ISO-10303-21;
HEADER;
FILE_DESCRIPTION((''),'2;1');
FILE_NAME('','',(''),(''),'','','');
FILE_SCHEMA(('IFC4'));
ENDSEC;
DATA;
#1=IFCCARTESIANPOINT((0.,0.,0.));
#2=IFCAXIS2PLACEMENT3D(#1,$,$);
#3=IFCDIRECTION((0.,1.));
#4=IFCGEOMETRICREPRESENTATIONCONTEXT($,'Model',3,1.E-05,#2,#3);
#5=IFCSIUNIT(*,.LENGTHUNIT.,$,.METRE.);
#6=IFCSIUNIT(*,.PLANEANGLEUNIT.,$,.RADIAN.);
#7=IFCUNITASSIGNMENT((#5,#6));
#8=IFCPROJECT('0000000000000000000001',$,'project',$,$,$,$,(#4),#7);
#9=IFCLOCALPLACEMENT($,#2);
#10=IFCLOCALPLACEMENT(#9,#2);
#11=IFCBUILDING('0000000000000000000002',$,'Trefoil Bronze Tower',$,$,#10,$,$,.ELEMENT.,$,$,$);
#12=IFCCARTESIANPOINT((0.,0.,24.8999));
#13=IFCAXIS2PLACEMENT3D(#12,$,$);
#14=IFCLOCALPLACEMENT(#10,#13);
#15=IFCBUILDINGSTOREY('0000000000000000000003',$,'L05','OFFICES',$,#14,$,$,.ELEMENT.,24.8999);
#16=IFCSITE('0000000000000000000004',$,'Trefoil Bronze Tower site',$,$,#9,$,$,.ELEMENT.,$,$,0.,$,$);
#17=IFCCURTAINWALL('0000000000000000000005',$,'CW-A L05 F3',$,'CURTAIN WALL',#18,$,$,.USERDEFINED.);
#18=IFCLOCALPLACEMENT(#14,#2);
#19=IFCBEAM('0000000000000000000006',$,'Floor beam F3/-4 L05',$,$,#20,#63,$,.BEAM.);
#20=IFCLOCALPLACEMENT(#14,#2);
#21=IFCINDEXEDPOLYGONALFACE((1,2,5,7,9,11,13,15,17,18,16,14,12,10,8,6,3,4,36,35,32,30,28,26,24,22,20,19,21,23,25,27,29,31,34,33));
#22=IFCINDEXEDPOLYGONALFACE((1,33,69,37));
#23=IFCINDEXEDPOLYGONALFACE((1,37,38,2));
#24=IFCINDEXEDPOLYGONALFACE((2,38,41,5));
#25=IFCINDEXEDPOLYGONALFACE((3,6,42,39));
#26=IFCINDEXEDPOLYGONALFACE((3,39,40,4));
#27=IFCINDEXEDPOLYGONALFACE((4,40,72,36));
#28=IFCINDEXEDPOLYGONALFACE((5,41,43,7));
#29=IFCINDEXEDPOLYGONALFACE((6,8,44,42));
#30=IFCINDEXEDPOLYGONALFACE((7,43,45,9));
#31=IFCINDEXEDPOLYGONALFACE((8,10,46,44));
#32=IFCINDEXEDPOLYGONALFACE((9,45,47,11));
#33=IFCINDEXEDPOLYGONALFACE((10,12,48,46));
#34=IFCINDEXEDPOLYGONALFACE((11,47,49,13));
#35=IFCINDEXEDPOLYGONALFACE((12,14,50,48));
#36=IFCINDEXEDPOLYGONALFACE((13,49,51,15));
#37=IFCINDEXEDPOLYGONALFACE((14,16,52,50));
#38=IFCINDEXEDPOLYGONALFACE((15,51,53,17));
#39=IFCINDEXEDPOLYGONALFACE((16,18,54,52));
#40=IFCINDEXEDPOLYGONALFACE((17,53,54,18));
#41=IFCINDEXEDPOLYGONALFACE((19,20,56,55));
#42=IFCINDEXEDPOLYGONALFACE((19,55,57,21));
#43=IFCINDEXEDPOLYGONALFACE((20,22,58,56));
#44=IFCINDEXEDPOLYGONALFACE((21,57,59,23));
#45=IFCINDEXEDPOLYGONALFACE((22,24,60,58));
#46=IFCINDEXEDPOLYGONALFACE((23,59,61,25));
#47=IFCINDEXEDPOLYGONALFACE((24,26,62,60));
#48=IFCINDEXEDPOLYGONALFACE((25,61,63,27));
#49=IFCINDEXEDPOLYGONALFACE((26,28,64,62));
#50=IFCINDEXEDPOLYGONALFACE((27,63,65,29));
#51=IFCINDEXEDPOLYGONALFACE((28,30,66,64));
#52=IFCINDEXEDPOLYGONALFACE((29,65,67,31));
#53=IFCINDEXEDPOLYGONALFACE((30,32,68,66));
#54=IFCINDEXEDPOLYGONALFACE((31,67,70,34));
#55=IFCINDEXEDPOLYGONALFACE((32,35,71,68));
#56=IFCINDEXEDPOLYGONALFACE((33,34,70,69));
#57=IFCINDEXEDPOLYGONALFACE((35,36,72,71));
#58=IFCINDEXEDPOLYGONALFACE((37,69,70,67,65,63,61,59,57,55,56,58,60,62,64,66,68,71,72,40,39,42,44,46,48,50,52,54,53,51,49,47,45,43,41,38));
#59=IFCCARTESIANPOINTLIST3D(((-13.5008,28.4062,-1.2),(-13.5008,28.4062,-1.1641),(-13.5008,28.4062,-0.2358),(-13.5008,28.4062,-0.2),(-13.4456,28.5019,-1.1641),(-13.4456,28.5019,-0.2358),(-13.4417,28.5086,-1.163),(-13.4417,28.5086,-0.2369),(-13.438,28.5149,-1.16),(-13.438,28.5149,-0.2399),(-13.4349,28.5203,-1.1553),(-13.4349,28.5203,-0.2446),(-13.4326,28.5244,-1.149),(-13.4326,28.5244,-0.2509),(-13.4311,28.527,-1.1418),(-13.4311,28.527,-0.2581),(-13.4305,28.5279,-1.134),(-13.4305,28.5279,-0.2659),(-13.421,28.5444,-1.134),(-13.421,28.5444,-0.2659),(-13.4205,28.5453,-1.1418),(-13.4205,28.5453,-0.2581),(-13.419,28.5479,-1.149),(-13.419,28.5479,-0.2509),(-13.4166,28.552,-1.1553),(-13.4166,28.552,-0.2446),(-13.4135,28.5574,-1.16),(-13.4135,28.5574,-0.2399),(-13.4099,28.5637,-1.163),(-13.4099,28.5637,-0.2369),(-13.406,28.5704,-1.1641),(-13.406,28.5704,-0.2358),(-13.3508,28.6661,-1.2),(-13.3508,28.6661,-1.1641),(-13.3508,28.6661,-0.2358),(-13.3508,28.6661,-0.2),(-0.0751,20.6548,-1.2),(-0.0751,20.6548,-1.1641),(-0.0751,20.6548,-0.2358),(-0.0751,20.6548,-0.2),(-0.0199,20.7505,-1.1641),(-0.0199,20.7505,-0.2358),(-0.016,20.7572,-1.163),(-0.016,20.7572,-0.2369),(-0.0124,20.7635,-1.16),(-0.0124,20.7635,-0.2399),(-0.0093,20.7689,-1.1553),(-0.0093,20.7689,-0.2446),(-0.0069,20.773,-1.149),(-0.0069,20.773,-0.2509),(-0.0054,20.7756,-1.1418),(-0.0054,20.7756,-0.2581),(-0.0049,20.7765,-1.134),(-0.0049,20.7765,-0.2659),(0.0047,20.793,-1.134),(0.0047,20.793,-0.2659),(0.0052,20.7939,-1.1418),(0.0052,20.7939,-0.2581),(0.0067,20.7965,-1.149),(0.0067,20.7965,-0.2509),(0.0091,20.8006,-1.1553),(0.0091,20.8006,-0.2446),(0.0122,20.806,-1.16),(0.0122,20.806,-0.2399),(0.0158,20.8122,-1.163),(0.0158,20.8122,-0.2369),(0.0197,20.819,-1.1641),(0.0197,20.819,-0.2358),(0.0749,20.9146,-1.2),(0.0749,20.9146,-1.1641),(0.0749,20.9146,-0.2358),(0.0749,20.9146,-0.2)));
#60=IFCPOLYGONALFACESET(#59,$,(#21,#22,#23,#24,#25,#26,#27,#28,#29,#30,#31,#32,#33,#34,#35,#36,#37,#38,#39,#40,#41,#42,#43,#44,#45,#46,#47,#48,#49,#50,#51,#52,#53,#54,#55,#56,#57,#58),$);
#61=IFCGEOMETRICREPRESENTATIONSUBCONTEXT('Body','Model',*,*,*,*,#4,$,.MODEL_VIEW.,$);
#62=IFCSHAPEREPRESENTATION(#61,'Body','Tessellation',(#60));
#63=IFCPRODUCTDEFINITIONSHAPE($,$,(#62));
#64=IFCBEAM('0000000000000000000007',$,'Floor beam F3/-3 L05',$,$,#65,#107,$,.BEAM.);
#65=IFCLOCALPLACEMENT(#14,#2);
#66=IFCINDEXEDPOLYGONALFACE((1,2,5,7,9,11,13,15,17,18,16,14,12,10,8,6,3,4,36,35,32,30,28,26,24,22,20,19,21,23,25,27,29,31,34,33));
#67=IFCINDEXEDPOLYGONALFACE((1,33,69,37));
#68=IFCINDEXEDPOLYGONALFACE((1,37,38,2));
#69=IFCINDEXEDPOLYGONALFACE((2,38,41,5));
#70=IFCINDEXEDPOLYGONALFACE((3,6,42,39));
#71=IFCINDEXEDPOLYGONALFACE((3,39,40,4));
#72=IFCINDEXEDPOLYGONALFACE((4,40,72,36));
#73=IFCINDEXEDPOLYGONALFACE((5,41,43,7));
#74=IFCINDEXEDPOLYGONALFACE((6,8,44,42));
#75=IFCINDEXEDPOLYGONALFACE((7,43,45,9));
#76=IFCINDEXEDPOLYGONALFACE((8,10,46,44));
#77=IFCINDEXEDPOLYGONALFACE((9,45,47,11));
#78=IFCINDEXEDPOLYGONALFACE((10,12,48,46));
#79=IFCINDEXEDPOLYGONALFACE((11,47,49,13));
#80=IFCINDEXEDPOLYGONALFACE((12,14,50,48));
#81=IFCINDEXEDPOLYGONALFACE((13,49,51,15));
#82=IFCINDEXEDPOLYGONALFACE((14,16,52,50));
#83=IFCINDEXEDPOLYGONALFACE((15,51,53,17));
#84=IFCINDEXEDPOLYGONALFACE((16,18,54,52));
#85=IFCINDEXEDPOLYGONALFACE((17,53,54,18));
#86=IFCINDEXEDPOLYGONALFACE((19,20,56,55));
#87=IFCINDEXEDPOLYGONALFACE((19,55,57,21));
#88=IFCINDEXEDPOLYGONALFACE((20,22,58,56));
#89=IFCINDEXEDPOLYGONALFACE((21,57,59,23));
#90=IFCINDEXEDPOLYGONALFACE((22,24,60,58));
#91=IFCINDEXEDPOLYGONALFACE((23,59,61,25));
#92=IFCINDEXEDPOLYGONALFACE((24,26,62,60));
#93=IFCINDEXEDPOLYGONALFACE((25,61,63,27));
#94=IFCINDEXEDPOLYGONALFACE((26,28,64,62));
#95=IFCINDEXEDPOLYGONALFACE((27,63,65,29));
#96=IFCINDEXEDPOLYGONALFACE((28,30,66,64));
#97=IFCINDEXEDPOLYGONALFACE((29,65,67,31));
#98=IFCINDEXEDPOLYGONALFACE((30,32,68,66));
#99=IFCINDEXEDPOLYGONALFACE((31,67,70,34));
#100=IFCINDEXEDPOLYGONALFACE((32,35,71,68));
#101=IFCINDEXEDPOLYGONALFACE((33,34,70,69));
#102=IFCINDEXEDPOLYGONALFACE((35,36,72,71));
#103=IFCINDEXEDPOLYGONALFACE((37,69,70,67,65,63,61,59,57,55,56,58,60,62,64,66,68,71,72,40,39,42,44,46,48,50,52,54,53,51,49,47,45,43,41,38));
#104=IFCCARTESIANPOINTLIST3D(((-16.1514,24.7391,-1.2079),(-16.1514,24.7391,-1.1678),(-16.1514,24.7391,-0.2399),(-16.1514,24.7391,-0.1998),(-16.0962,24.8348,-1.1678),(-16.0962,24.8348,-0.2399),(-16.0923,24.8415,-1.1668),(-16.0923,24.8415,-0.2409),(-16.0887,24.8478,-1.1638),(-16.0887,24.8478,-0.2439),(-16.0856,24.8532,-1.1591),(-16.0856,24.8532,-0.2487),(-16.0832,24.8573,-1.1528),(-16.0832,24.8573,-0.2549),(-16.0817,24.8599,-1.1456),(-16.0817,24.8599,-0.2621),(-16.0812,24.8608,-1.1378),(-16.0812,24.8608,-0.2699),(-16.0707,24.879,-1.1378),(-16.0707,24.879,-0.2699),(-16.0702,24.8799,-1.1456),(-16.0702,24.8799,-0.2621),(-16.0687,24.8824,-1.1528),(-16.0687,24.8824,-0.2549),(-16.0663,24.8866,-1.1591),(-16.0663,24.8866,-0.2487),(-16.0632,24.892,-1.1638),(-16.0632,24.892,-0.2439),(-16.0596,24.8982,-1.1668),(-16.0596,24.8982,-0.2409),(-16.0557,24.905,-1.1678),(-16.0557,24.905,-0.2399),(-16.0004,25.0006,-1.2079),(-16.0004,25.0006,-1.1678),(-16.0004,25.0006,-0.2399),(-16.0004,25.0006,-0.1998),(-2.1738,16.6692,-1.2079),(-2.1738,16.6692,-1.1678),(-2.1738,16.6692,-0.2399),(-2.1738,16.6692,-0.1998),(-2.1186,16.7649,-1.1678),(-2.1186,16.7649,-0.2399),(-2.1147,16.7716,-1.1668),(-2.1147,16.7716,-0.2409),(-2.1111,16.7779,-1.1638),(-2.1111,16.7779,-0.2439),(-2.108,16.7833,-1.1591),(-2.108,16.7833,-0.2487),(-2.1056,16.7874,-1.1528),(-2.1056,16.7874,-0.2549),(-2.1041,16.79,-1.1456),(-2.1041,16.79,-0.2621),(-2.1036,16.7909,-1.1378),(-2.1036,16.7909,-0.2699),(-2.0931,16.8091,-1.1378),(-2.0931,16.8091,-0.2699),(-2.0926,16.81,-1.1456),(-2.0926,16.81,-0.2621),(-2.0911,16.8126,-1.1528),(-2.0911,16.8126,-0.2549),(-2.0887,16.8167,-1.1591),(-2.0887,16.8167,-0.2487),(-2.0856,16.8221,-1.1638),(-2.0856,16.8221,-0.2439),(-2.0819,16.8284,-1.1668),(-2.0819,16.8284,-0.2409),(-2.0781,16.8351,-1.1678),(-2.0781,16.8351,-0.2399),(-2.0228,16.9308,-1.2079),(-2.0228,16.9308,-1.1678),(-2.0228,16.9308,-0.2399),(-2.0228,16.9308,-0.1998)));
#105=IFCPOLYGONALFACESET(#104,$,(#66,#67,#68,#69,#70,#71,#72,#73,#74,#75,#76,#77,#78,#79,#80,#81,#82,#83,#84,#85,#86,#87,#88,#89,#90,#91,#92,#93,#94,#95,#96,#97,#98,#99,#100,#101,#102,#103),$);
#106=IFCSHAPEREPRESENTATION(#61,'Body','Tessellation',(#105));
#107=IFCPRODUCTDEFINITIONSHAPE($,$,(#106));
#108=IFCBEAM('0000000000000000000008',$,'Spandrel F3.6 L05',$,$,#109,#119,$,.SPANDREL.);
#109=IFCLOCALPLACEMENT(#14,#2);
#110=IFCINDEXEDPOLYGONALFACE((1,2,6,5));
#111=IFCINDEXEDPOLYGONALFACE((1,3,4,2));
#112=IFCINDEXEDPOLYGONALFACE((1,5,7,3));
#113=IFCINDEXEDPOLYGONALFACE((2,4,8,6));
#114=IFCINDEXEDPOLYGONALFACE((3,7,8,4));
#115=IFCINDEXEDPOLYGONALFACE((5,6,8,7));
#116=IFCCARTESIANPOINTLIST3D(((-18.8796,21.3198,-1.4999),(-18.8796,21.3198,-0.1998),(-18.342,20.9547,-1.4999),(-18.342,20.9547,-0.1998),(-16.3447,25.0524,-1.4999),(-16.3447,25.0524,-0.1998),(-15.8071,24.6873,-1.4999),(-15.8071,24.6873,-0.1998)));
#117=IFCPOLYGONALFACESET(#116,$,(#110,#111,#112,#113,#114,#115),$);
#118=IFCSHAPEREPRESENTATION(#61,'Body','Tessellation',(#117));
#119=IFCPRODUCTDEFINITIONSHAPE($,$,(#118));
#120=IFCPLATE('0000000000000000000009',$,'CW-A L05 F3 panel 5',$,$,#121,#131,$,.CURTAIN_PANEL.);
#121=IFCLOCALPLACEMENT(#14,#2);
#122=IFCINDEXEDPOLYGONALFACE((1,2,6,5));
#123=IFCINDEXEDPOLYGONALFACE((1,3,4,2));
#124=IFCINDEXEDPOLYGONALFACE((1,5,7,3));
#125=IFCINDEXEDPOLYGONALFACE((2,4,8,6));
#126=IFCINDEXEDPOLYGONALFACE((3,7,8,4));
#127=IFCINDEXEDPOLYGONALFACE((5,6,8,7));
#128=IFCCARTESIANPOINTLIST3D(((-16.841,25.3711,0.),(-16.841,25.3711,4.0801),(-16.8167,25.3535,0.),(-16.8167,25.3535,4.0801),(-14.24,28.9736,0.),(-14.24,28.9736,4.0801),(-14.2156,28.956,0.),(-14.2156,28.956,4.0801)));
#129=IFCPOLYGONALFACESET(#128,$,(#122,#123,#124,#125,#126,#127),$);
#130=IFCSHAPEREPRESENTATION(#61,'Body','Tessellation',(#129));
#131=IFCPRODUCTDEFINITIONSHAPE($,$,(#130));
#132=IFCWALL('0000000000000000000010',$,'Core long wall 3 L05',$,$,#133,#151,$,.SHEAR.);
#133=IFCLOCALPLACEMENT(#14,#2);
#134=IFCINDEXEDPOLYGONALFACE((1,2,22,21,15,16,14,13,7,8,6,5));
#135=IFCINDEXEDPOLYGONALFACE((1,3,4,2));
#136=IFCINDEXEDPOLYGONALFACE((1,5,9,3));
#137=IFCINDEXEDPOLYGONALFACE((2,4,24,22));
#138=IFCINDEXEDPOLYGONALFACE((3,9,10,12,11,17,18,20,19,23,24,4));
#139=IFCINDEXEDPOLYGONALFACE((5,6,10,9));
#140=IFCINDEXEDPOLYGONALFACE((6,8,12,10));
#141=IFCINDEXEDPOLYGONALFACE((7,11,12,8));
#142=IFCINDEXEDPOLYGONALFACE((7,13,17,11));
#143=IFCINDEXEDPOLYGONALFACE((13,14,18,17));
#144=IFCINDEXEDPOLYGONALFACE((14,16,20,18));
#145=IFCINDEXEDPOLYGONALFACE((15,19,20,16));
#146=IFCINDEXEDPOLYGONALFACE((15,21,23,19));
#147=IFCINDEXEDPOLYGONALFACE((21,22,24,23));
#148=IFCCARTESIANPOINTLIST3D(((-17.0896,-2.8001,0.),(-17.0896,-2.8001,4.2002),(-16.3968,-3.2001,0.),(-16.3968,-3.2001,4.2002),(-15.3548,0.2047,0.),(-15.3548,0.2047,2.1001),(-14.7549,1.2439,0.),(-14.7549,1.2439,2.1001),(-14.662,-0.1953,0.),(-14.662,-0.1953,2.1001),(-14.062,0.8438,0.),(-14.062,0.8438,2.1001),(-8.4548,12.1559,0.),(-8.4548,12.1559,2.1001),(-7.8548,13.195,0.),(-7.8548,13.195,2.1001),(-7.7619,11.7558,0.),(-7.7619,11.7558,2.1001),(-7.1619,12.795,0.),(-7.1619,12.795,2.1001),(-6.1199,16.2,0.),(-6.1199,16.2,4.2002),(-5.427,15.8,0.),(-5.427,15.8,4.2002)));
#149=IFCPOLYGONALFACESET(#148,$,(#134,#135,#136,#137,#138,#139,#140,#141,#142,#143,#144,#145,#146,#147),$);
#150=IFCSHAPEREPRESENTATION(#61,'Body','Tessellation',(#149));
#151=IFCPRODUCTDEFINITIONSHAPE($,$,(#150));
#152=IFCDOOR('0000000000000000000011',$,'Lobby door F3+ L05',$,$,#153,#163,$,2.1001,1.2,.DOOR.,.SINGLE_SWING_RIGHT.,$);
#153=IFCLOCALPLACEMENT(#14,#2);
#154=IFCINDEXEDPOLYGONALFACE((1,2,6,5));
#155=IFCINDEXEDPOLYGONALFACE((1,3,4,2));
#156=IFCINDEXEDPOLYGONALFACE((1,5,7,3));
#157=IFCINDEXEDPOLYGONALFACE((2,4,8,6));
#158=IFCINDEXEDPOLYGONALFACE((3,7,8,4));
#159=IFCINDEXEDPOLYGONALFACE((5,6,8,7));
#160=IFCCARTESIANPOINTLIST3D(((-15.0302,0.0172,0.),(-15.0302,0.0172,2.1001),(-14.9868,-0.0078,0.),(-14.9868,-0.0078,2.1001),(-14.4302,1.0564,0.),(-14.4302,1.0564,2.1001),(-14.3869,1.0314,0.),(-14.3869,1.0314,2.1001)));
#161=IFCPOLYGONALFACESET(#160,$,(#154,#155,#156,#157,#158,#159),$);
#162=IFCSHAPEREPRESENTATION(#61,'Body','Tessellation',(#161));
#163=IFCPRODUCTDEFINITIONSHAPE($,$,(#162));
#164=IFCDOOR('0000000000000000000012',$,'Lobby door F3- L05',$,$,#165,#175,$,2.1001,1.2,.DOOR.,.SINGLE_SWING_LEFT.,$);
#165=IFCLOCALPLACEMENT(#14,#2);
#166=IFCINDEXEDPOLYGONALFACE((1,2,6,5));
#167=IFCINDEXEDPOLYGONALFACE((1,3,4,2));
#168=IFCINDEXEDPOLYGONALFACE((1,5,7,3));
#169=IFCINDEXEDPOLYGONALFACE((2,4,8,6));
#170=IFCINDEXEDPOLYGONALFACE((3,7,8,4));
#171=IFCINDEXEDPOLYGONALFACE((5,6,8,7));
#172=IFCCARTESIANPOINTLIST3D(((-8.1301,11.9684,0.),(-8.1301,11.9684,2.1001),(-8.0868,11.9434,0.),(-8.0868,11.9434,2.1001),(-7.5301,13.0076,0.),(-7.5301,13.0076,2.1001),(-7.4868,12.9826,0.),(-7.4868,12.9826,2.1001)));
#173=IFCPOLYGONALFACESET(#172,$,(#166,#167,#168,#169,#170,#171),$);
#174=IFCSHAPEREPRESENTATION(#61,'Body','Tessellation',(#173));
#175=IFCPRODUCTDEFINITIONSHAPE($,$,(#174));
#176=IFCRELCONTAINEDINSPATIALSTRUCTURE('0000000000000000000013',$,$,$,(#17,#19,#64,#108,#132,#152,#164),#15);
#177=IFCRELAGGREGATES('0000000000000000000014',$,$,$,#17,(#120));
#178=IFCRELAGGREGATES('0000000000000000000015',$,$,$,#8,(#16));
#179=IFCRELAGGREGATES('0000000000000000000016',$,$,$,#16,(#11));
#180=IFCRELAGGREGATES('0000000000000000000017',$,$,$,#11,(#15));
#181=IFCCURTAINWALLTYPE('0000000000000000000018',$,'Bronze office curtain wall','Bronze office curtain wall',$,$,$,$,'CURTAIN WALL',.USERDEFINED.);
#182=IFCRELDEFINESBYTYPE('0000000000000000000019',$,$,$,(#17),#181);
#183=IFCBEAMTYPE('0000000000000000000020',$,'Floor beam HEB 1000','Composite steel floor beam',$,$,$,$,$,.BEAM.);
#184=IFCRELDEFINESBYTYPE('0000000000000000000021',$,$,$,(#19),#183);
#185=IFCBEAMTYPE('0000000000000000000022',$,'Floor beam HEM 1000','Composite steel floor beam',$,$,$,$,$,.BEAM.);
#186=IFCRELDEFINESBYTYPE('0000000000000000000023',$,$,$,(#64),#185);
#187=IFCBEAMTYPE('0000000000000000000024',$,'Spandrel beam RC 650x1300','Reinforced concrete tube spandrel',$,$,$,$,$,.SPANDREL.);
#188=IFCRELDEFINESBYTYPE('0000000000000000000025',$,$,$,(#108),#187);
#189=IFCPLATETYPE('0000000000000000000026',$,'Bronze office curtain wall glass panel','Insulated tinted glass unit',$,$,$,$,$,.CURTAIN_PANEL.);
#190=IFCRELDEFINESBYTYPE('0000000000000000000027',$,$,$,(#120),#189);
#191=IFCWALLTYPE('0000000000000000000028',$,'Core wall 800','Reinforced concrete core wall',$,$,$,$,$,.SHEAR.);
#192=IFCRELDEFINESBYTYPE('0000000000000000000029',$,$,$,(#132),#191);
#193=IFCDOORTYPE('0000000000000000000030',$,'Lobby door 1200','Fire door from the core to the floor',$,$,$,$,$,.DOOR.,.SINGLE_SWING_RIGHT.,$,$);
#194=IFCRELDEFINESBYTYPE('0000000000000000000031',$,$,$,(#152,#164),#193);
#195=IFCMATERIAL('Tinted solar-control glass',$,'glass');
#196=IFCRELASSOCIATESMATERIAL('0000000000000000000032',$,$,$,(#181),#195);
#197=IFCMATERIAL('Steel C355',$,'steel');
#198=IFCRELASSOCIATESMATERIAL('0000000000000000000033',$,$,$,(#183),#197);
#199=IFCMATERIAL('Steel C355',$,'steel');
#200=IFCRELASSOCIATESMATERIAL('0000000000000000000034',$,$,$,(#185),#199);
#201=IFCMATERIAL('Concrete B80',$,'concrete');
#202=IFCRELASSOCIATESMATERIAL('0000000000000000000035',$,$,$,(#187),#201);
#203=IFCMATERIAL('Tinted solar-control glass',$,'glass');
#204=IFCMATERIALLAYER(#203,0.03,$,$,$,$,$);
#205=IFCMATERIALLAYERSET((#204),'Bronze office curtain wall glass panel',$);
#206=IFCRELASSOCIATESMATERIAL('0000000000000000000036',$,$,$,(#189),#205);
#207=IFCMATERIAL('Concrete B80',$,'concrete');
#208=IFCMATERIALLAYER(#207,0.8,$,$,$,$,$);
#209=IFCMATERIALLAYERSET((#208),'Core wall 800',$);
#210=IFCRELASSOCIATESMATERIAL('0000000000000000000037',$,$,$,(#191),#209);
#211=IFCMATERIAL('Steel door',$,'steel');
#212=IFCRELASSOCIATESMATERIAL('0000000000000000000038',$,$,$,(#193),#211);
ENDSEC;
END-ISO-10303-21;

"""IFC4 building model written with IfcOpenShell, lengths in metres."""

from ifc_helpers import new_model, si_unit, direction, frame, frame_2d, origin, origin_2d, place, context, subcontext, project, spatial, rectangle, i_section, extrude, material, layer, layer_set, material_profile, profile_set, type_object, element, fill, aggregate, save


model = new_model("IFC4")

# Units and contexts
model_context = context("Model", 3, precision=1e-05, world=origin(), true_north=direction((0.0, 1.0)))
body_context = subcontext(model_context, "Body", "Model", "MODEL_VIEW")
ifc_project = project(units=[si_unit("LENGTHUNIT", "METRE"), si_unit("PLANEANGLEUNIT", "RADIAN")], contexts=[model_context])

# Site, building, storey
site_placement = place(None, origin())
site = spatial("IfcSite", under=ifc_project, at=site_placement, Name="Trefoil Bronze Tower site", CompositionType="ELEMENT", RefElevation=0.0)
building_placement = place(site_placement, origin())
building = spatial("IfcBuilding", under=site, at=building_placement, Name="Trefoil Bronze Tower", CompositionType="ELEMENT")
storey_placement = place(building_placement, frame((0.0, 0.0, 24.8999)))
storey = spatial("IfcBuildingStorey", under=building, at=storey_placement, Name="L05", Description="OFFICES", CompositionType="ELEMENT", Elevation=24.8999)

# Curtain wall
ifc_material_1 = material(Name="Tinted solar-control glass", Category="glass")
curtain_wall_type = type_object("IfcCurtainWallType", Name="Bronze office curtain wall", Description="Bronze office curtain wall", ElementType="CURTAIN WALL", PredefinedType="USERDEFINED", material=ifc_material_1)
curtain_wall_placement = place(storey_placement, origin())
curtain_wall = element("IfcCurtainWall", 1, at=curtain_wall_placement, inside=storey, type_object=curtain_wall_type, Name="CW-A L05 F3", ObjectType="CURTAIN WALL", PredefinedType="USERDEFINED")

# Beams
ifc_material_2 = material(Name="Steel C355", Category="steel")
ifc_material_profile_1 = material_profile(ifc_material_2, i_section(OverallWidth=0.3, OverallDepth=1.0, WebThickness=0.019, FlangeThickness=0.0359, FilletRadius=0.03, at=origin_2d()), Name="HEB 1000")
ifc_profile_set_1 = profile_set([ifc_material_profile_1], Name="Steel C355")
beam_type_1 = type_object("IfcBeamType", Name="Floor beam HEB 1000", Description="Composite steel floor beam", PredefinedType="BEAM", material=ifc_profile_set_1)
beam_1_placement = place(storey_placement, frame((-13.4258, 28.5361, -0.7), z_axis=(0.866023, -0.500004, 0.0), x_axis=(0.500004, 0.866023, 0.0)))
element("IfcBeam", 2, at=beam_1_placement, inside=storey, type_object=beam_type_1, Name="Floor beam F3/-4 L05", PredefinedType="BEAM", context=body_context, shape_type="SweptSolid", body=[
    extrude(i_section(OverallWidth=0.3, OverallDepth=1.0, WebThickness=0.019, FlangeThickness=0.0359, FilletRadius=0.03, at=origin_2d()), origin(), (0.0, 0.0, 1.0), 15.5027),
])
ifc_material_3 = material(Name="Steel C355", Category="steel")
ifc_material_profile_2 = material_profile(ifc_material_3, i_section(OverallWidth=0.302, OverallDepth=1.0081, WebThickness=0.021, FlangeThickness=0.04, FilletRadius=0.03, at=origin_2d()), Name="HEM 1000")
ifc_profile_set_2 = profile_set([ifc_material_profile_2], Name="Steel C355")
beam_type_2 = type_object("IfcBeamType", Name="Floor beam HEM 1000", Description="Composite steel floor beam", PredefinedType="BEAM", material=ifc_profile_set_2)
beam_2_placement = place(storey_placement, frame((-16.0759, 24.8699, -0.7039), z_axis=(0.866028, -0.499995, 0.0), x_axis=(0.499995, 0.866028, 0.0)))
element("IfcBeam", 3, at=beam_2_placement, inside=storey, type_object=beam_type_2, Name="Floor beam F3/-3 L05", PredefinedType="BEAM", context=body_context, shape_type="SweptSolid", body=[
    extrude(i_section(OverallWidth=0.302, OverallDepth=1.0081, WebThickness=0.021, FlangeThickness=0.04, FilletRadius=0.03, at=origin_2d()), origin(), (0.0, 0.0, 1.0), 16.1399),
])
ifc_material_4 = material(Name="Concrete B80", Category="concrete")
ifc_material_profile_3 = material_profile(ifc_material_4, rectangle(XDim=0.6499, YDim=1.3, at=origin_2d()), Name="RC 650x1300")
ifc_profile_set_3 = profile_set([ifc_material_profile_3], Name="Concrete B80")
beam_type_3 = type_object("IfcBeamType", Name="Spandrel beam RC 650x1300", Description="Reinforced concrete tube spandrel", PredefinedType="SPANDREL", material=ifc_profile_set_3)
beam_3_placement = place(storey_placement, frame((-16.0759, 24.8699, -0.8499), z_axis=(-0.56181, -0.827267, 0.0), x_axis=(0.827267, -0.56181, 0.0)))
element("IfcBeam", 4, at=beam_3_placement, inside=storey, type_object=beam_type_3, Name="Spandrel F3.6 L05", PredefinedType="SPANDREL", context=body_context, shape_type="SweptSolid", body=[
    extrude(rectangle(XDim=0.6499, YDim=1.3, at=origin_2d()), origin(), (0.0, 0.0, 1.0), 4.512),
])

# Plate
ifc_material_5 = material(Name="Tinted solar-control glass", Category="glass")
ifc_layer_1 = layer(ifc_material_5, 0.03)
ifc_layer_set_1 = layer_set([ifc_layer_1], Name="Bronze office curtain wall glass panel")
plate_type = type_object("IfcPlateType", Name="Bronze office curtain wall glass panel", Description="Insulated tinted glass unit", PredefinedType="CURTAIN_PANEL", material=ifc_layer_set_1)
plate_placement = place(storey_placement, frame((-15.5283, 27.1636, 0.0), z_axis=(0.0, 0.0, 1.0), x_axis=(-0.585373, -0.810764, 0.0)))
plate = element("IfcPlate", 5, at=plate_placement, type_object=plate_type, Name="CW-A L05 F3 panel 5", PredefinedType="CURTAIN_PANEL", context=body_context, shape_type="SweptSolid", body=[
    extrude(rectangle(XDim=4.4434, YDim=0.03, at=origin_2d()), origin(), (0.0, 0.0, 1.0), 4.0801),
])
aggregate(curtain_wall, [plate])

# Wall, openings, doors
ifc_material_6 = material(Name="Concrete B80", Category="concrete")
ifc_layer_2 = layer(ifc_material_6, 0.8)
ifc_layer_set_2 = layer_set([ifc_layer_2], Name="Core wall 800")
wall_type_1 = type_object("IfcWallType", Name="Core wall 800", Description="Reinforced concrete core wall", PredefinedType="SHEAR", material=ifc_layer_set_2)
wall_1_placement = place(storey_placement, frame((-5.7734, 16.0, 0.0), z_axis=(0.0, 0.0, 1.0), x_axis=(-0.500002, -0.866024, 0.0)))
wall_1 = element("IfcWall", 6, at=wall_1_placement, inside=storey, type_object=wall_type_1, Name="Core long wall 3 L05", PredefinedType="SHEAR", context=body_context, shape_type="SweptSolid", body=[
    extrude(rectangle(XDim=21.9395, YDim=0.8, at=frame_2d((10.9697, 0.0))), origin(), (0.0, 0.0, 1.0), 4.2002),
])
opening_1_placement = place(wall_1_placement, frame((17.2698, 0.0, 0.0)))
opening_1 = element("IfcOpeningElement", 7, at=opening_1_placement, cuts=wall_1, PredefinedType="OPENING", context=body_context, shape_type="SweptSolid", body=[
    extrude(rectangle(XDim=1.2, YDim=2.1001, at=frame_2d((0.6001, 1.05))), frame((0.0, 0.4099, 0.0), z_axis=(0.0, -1.0, 0.0), x_axis=(1.0, 0.0, 0.0)), (0.0, 0.0, 1.0), 0.8201),
])
opening_2_placement = place(wall_1_placement, frame((3.4697, 0.0, 0.0)))
opening_2 = element("IfcOpeningElement", 8, at=opening_2_placement, cuts=wall_1, PredefinedType="OPENING", context=body_context, shape_type="SweptSolid", body=[
    extrude(rectangle(XDim=1.2, YDim=2.1001, at=frame_2d((0.6001, 1.05))), frame((0.0, 0.4099, 0.0), z_axis=(0.0, -1.0, 0.0), x_axis=(1.0, 0.0, 0.0)), (0.0, 0.0, 1.0), 0.8201),
])
ifc_material_7 = material(Name="Steel door", Category="steel")
door_type_1 = type_object("IfcDoorType", Name="Lobby door 1200", Description="Fire door from the core to the floor", OperationType="SINGLE_SWING_RIGHT", PredefinedType="DOOR", material=ifc_material_7)
door_1_placement = place(opening_1_placement, origin())
door_1 = element("IfcDoor", 9, at=door_1_placement, inside=storey, type_object=door_type_1, Name="Lobby door F3+ L05", OperationType="SINGLE_SWING_RIGHT", OverallHeight=2.1001, OverallWidth=1.2, PredefinedType="DOOR", context=body_context, shape_type="SweptSolid", body=[
    extrude(rectangle(XDim=1.2, YDim=2.1001, at=frame_2d((0.6001, 1.05))), frame((0.0, 0.0249, 0.0), z_axis=(0.0, -1.0, 0.0), x_axis=(1.0, 0.0, 0.0)), (0.0, 0.0, 1.0), 0.05),
])
fill(opening_1, door_1)
door_2_placement = place(opening_2_placement, origin())
door_2 = element("IfcDoor", 10, at=door_2_placement, inside=storey, type_object=door_type_1, Name="Lobby door F3- L05", OperationType="SINGLE_SWING_LEFT", OverallHeight=2.1001, OverallWidth=1.2, PredefinedType="DOOR", context=body_context, shape_type="SweptSolid", body=[
    extrude(rectangle(XDim=1.2, YDim=2.1001, at=frame_2d((0.6001, 1.05))), frame((0.0, 0.0249, 0.0), z_axis=(0.0, -1.0, 0.0), x_axis=(1.0, 0.0, 0.0)), (0.0, 0.0, 1.0), 0.05),
])
fill(opening_2, door_2)

save(model, "model.ifc")
